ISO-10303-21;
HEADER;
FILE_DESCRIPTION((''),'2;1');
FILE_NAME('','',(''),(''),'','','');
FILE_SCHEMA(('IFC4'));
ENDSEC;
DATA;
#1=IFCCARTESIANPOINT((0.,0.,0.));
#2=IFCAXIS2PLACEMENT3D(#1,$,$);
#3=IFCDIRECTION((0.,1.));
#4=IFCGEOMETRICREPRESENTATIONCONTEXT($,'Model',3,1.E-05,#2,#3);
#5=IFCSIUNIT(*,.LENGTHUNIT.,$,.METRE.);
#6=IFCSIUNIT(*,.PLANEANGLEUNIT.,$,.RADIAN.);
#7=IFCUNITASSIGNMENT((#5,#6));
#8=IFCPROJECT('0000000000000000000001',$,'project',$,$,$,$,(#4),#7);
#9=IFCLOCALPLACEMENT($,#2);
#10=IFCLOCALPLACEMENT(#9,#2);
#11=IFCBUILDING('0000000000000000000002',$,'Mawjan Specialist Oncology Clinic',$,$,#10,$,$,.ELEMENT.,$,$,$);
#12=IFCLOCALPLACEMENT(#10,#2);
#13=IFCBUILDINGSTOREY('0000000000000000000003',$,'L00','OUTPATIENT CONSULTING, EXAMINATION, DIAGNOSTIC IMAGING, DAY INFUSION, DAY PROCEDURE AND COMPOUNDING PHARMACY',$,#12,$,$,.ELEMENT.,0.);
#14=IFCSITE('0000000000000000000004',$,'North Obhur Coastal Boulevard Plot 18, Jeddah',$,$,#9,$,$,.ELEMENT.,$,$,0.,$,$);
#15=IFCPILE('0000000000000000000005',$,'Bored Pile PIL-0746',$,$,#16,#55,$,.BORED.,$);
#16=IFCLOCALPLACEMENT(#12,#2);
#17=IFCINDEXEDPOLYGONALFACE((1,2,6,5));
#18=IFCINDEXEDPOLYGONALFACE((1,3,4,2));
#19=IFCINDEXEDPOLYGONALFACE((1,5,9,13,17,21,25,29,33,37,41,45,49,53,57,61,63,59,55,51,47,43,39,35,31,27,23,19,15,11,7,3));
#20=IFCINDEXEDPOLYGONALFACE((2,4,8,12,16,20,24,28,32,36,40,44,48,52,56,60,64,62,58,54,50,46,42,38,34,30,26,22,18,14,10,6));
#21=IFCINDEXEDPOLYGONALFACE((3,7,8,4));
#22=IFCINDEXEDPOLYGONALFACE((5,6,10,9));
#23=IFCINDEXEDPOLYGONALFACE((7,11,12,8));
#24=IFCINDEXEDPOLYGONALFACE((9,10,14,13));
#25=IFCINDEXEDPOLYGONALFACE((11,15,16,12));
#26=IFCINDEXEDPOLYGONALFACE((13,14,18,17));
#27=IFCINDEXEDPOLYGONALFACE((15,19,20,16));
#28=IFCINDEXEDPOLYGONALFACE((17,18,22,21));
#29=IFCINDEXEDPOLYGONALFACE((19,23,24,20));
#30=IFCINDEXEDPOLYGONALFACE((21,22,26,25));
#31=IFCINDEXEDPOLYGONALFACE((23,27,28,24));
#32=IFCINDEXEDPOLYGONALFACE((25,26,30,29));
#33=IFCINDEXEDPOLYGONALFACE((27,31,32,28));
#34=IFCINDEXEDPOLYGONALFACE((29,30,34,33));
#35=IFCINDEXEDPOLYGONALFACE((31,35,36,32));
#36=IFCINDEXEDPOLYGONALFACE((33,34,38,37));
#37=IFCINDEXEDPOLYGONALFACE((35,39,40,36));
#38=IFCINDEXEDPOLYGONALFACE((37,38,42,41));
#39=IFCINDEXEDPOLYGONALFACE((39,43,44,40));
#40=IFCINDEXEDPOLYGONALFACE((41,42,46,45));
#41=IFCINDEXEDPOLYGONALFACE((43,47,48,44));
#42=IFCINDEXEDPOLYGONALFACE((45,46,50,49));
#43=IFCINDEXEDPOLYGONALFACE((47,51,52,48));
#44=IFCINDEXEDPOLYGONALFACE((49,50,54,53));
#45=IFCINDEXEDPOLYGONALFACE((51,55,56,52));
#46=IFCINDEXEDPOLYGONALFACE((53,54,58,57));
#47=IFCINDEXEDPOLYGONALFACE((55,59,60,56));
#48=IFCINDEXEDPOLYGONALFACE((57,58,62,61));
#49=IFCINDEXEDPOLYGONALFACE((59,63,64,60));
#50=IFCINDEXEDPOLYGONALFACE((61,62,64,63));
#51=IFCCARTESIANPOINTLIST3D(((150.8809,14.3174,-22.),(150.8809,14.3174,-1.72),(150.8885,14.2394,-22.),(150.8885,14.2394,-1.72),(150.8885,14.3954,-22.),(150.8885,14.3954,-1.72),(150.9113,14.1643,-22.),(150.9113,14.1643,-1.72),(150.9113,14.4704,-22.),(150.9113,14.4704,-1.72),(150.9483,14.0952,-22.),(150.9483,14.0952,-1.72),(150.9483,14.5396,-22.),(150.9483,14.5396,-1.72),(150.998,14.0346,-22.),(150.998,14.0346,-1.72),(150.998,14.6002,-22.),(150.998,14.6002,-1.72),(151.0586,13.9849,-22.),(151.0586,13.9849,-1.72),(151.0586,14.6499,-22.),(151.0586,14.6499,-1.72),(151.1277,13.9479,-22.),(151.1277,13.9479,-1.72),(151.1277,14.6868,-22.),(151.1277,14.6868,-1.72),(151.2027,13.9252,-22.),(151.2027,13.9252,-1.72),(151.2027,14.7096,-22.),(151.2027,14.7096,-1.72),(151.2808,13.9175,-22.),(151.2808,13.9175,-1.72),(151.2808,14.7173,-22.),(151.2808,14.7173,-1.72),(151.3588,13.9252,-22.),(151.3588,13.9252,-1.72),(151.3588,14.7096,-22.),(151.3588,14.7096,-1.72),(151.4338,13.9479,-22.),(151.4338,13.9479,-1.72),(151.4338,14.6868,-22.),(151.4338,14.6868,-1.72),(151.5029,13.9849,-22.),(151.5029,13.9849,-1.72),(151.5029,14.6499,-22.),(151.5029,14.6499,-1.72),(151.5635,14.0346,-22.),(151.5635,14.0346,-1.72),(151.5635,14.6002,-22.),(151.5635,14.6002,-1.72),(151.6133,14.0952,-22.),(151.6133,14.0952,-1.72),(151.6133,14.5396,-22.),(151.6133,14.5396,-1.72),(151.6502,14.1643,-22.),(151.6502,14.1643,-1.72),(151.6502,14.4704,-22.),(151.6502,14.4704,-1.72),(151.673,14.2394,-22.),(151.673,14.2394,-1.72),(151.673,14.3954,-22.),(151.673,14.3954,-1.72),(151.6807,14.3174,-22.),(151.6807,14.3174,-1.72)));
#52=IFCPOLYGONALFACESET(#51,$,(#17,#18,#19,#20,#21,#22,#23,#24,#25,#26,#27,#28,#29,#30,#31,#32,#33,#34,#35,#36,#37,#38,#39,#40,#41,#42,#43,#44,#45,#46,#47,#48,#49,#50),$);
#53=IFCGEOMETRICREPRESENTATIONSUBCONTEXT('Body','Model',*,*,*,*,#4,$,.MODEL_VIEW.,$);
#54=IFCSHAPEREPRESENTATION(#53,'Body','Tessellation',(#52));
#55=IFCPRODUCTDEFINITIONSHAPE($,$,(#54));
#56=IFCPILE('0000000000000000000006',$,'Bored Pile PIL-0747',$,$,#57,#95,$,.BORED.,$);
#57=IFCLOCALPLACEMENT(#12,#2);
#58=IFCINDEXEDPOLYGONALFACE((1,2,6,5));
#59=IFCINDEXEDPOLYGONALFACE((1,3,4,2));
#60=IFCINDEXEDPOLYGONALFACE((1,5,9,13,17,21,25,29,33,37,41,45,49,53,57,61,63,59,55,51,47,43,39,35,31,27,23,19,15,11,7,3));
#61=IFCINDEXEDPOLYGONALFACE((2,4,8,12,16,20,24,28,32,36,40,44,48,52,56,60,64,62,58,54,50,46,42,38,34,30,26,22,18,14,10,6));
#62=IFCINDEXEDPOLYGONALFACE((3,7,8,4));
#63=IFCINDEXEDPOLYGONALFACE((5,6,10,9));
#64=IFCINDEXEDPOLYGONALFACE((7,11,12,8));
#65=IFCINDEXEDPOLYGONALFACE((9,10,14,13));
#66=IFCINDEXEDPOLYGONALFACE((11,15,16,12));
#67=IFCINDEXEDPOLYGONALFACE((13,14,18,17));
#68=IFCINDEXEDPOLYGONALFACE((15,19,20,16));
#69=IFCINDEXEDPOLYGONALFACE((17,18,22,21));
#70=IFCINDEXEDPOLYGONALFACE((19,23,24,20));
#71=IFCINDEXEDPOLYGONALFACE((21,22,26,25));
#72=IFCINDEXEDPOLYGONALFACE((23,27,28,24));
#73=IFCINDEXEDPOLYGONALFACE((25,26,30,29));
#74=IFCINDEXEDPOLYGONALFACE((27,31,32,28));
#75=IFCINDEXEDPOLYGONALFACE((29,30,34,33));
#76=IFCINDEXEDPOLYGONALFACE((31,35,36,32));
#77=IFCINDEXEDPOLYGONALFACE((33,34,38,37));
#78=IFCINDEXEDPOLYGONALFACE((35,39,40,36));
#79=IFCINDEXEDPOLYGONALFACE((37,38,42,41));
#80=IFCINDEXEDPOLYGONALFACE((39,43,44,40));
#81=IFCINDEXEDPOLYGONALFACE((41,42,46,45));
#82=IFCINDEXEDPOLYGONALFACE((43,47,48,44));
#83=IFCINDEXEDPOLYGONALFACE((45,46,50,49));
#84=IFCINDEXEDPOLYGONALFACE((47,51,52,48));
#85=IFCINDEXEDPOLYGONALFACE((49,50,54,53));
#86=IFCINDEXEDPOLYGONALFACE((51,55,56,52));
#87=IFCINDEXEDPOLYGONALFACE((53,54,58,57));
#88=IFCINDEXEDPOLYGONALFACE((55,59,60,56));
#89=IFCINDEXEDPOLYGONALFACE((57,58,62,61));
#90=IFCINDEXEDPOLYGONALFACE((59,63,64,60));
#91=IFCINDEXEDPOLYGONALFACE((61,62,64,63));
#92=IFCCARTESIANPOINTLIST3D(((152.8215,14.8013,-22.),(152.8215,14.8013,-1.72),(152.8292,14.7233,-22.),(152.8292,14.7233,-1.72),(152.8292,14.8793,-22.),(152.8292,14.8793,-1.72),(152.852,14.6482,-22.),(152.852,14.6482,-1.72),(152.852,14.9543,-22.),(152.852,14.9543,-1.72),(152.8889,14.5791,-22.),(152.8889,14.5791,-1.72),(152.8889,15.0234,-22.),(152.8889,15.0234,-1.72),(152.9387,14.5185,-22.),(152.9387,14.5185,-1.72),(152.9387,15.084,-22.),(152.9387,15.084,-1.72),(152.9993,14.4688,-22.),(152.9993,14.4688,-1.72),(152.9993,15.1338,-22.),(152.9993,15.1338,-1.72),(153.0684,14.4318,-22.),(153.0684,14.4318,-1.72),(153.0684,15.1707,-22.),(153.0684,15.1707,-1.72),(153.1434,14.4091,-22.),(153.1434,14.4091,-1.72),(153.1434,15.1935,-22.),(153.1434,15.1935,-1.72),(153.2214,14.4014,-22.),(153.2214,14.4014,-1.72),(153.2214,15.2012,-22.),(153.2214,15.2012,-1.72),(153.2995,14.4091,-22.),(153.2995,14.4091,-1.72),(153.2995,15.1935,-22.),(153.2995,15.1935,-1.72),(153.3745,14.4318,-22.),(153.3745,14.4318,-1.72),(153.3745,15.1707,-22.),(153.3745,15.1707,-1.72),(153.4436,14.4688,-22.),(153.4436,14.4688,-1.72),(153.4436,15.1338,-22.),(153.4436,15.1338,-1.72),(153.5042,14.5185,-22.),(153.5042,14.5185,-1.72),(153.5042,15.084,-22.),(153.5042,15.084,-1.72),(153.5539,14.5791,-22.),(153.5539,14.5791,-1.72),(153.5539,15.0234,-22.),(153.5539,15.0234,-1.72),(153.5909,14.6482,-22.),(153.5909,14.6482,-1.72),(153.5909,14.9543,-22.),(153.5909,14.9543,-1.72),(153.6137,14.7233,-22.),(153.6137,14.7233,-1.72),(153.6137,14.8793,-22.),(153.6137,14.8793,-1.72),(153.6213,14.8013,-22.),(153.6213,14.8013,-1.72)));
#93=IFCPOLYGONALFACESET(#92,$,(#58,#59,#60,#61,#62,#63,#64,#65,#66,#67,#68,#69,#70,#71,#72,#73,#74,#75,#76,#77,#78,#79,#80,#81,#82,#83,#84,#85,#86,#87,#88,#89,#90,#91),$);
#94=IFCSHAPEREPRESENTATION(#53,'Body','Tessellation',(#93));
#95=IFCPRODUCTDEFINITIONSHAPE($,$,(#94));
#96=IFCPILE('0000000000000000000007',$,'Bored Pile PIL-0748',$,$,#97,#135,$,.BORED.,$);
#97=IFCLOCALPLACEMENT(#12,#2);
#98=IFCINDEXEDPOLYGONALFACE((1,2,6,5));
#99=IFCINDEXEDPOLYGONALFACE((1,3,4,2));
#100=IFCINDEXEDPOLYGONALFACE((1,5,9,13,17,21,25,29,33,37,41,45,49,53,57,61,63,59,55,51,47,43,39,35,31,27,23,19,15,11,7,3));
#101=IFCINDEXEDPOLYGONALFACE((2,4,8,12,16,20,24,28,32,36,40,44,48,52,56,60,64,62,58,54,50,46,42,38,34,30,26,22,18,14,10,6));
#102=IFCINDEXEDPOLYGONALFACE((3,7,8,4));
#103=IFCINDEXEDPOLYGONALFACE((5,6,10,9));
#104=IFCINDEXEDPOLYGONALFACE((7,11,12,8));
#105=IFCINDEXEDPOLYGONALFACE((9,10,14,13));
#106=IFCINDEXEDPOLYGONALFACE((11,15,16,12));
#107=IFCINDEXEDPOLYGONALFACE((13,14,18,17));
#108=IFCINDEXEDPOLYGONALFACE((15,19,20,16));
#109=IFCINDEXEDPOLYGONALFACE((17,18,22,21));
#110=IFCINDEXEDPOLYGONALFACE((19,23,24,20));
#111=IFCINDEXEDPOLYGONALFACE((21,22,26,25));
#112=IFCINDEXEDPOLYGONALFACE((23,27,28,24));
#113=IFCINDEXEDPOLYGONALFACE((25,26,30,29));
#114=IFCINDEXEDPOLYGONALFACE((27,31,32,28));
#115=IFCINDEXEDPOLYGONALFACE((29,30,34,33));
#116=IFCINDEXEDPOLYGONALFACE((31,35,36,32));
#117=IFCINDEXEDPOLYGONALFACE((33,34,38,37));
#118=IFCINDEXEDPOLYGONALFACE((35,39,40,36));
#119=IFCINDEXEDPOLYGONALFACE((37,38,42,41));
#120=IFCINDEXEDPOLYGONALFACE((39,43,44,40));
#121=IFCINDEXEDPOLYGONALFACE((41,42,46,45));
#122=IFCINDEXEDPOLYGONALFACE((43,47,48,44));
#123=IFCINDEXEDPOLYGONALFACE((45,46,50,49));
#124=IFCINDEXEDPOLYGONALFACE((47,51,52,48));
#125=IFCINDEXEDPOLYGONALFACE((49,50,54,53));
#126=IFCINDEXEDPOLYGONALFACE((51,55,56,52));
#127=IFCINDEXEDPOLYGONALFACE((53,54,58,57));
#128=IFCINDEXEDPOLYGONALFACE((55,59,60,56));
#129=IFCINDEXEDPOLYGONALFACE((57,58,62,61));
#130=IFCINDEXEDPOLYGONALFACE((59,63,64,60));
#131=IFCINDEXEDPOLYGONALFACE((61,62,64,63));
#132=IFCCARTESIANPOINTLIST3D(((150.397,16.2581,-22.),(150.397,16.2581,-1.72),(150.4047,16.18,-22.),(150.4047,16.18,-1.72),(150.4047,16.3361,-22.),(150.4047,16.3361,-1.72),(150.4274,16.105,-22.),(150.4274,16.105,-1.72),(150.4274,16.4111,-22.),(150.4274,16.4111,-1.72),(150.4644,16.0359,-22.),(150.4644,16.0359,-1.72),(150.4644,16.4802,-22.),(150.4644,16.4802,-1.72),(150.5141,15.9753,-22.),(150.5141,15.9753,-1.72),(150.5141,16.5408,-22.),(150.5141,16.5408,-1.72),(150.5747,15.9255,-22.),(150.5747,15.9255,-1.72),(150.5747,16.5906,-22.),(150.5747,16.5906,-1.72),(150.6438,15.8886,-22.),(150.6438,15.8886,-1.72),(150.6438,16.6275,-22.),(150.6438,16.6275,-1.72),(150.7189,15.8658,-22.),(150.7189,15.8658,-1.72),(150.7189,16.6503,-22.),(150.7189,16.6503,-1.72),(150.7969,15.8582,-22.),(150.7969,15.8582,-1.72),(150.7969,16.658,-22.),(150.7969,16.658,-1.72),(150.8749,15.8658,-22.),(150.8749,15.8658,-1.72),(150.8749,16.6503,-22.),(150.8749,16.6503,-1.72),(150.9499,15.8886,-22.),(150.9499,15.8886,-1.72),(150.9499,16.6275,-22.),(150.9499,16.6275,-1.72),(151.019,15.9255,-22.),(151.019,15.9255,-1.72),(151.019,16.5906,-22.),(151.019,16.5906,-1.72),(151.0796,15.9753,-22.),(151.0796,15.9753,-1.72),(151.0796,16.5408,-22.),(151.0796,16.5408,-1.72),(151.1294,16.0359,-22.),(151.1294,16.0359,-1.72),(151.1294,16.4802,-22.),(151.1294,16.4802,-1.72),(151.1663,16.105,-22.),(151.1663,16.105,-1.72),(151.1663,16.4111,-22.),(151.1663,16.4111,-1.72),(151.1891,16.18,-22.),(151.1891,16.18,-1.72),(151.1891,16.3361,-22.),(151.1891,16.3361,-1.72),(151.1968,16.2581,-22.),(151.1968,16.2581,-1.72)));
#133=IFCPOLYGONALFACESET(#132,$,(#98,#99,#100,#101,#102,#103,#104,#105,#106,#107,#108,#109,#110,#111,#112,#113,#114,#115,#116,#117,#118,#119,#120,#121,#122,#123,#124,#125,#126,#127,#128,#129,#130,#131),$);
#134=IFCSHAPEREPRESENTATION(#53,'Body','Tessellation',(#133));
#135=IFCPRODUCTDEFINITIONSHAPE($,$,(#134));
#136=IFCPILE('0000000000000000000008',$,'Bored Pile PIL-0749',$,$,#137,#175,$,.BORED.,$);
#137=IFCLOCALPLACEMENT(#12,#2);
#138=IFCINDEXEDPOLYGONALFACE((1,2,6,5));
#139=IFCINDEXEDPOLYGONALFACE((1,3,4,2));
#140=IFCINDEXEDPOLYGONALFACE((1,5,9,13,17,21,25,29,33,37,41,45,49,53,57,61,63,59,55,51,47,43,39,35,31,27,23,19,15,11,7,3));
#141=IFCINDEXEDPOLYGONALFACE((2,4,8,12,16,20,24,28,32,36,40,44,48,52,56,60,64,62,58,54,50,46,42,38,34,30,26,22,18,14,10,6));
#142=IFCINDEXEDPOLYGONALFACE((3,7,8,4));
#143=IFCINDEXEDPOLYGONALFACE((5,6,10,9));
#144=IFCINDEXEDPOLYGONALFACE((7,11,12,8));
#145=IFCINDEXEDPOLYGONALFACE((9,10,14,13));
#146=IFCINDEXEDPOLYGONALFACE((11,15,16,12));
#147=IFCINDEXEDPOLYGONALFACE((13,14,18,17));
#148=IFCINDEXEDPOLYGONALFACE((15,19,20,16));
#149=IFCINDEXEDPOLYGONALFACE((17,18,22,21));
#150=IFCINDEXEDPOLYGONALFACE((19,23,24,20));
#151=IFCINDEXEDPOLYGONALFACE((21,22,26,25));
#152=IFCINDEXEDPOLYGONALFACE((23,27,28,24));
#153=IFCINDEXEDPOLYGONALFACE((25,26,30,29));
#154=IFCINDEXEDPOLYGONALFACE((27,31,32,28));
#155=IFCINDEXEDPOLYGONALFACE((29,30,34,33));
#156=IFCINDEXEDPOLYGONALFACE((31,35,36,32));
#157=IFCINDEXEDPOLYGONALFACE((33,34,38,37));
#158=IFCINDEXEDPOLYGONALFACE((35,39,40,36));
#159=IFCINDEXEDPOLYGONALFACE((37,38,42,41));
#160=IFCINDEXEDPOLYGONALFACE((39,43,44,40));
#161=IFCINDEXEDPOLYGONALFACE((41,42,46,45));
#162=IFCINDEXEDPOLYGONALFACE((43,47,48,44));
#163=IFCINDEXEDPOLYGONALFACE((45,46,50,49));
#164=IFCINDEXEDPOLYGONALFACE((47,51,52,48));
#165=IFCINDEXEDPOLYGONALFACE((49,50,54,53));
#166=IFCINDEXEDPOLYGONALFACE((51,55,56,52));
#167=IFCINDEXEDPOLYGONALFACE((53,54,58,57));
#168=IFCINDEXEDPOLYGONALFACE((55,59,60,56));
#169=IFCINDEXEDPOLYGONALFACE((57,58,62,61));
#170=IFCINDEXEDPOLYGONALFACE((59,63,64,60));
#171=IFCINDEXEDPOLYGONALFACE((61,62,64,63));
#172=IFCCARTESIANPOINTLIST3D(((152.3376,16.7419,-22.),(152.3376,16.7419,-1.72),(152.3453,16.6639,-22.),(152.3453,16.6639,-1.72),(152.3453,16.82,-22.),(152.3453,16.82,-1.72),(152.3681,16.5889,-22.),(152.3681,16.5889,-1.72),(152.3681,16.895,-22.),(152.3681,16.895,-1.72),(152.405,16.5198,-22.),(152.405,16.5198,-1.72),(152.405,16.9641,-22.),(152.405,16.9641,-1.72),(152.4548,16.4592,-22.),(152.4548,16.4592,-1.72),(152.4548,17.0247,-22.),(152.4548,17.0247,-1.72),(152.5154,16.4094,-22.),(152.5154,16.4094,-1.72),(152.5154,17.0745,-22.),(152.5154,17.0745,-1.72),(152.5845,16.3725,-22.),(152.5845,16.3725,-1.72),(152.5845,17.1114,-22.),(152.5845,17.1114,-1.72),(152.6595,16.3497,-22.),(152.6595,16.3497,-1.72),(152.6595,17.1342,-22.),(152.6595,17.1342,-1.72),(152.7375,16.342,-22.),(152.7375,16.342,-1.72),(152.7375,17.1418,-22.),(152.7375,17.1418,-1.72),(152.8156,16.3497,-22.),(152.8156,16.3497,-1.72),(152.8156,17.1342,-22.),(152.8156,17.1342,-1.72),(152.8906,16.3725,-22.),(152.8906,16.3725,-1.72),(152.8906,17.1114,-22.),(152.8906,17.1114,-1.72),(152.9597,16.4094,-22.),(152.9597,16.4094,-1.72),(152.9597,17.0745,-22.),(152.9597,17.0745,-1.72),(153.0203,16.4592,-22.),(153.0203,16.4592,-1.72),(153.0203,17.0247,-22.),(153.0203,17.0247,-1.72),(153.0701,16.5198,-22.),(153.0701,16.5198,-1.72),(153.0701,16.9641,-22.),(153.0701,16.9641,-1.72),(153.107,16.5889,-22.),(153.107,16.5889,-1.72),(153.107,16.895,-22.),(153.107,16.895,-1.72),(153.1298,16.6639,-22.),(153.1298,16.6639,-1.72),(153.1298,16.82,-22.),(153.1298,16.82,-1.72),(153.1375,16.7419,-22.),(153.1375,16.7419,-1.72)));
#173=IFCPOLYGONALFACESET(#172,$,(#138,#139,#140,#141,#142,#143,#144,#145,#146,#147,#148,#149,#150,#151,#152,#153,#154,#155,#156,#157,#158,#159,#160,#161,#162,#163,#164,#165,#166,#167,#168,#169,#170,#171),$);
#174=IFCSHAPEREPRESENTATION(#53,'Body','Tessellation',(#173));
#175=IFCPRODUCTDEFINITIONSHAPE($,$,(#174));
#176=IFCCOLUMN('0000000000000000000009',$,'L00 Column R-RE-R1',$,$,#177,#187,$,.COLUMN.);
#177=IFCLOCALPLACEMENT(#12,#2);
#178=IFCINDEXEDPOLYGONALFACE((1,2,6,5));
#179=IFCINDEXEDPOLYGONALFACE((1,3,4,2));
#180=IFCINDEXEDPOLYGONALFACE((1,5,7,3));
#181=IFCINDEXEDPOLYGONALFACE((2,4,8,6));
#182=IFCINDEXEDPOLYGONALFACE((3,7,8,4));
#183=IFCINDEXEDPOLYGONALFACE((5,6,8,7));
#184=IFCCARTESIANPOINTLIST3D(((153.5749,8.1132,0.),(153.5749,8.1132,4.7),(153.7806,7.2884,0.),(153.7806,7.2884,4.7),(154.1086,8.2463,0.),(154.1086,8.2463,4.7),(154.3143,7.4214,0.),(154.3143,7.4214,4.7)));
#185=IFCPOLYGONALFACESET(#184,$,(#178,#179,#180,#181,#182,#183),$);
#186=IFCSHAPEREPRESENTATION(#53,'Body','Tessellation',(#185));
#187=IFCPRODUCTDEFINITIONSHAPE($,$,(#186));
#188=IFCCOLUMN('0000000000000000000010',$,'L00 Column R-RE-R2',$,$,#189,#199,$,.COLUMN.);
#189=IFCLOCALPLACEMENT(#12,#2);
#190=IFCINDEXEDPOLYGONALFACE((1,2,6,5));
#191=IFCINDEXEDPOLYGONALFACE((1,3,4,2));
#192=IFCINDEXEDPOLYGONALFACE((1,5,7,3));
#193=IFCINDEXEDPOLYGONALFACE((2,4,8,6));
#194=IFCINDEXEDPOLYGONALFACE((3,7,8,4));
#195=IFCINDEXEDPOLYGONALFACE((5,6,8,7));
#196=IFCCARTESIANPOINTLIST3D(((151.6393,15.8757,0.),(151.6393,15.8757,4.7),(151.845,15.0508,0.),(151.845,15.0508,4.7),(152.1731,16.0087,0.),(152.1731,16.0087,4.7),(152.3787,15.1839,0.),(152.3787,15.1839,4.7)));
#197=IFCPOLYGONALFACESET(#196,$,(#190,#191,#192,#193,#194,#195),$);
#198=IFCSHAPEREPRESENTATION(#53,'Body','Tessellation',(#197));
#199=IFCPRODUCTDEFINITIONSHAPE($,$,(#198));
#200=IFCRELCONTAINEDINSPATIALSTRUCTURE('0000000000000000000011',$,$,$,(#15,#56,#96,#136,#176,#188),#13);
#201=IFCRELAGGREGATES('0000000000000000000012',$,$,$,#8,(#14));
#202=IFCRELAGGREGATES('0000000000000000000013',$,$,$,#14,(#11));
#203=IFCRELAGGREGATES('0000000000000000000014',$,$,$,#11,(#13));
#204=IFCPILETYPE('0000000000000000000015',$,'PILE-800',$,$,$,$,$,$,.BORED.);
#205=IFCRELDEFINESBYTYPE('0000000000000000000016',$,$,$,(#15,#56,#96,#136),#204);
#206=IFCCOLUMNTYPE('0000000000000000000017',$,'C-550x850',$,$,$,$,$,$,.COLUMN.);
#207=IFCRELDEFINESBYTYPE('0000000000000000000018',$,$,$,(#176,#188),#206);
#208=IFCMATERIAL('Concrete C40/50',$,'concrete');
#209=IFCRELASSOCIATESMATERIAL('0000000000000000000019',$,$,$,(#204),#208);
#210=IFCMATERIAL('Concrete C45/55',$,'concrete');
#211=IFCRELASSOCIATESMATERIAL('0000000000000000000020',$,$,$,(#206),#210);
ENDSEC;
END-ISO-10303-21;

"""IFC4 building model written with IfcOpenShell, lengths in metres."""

from ifc_helpers import new_model, si_unit, direction, frame, origin, origin_2d, place, context, subcontext, project, spatial, rectangle, circle, extrude, material, material_profile, profile_set, type_object, element, save


model = new_model("IFC4")

# Units and contexts
model_context = context("Model", 3, precision=1e-05, world=origin(), true_north=direction((0.0, 1.0)))
body_context = subcontext(model_context, "Body", "Model", "MODEL_VIEW")
ifc_project = project(units=[si_unit("LENGTHUNIT", "METRE"), si_unit("PLANEANGLEUNIT", "RADIAN")], contexts=[model_context])

# Site, building, storey
site_placement = place(None, origin())
site = spatial("IfcSite", under=ifc_project, at=site_placement, Name="North Obhur Coastal Boulevard Plot 18, Jeddah", CompositionType="ELEMENT", RefElevation=0.0)
building_placement = place(site_placement, origin())
building = spatial("IfcBuilding", under=site, at=building_placement, Name="Mawjan Specialist Oncology Clinic", CompositionType="ELEMENT")
storey_placement = place(building_placement, origin())
storey = spatial("IfcBuildingStorey", under=building, at=storey_placement, Name="L00", Description="OUTPATIENT CONSULTING, EXAMINATION, DIAGNOSTIC IMAGING, DAY INFUSION, DAY PROCEDURE AND COMPOUNDING PHARMACY", CompositionType="ELEMENT", Elevation=0.0)

# Piles
ifc_material_1 = material(Name="Concrete C40/50", Category="concrete")
ifc_material_profile_1 = material_profile(ifc_material_1, circle(Radius=0.3999, at=origin_2d()), Name="BORED PILE D800", Category="concrete")
ifc_profile_set_1 = profile_set([ifc_material_profile_1], Name="Concrete C40/50")
pile_type_1 = type_object("IfcPileType", Name="PILE-800", PredefinedType="BORED", material=ifc_profile_set_1)
for number, where, z_axis, x_axis, name in (
    (1, (151.2808, 14.3174, -1.72), (0.0, 0.0, -1.0), (1.0, 0.0, 0.0), "Bored Pile PIL-0746"),
    (2, (153.2214, 14.8013, -1.72), (0.0, 0.0, -1.0), (1.0, 0.0, 0.0), "Bored Pile PIL-0747"),
    (3, (150.7969, 16.2581, -1.72), (0.0, 0.0, -1.0), (1.0, 0.0, 0.0), "Bored Pile PIL-0748"),
    (4, (152.7375, 16.7419, -1.72), (0.0, 0.0, -1.0), (1.0, 0.0, 0.0), "Bored Pile PIL-0749"),
):
    element("IfcPile", number, at=place(storey_placement, frame(where, z_axis=z_axis, x_axis=x_axis)), inside=storey, type_object=pile_type_1, Name=name, PredefinedType="BORED", context=body_context, shape_type="SweptSolid", body=[
        extrude(circle(Radius=0.3999, at=origin_2d()), origin(), (0.0, 0.0, 1.0), 20.28),
    ])

# Columns
ifc_material_2 = material(Name="Concrete C45/55", Category="concrete")
ifc_material_profile_2 = material_profile(ifc_material_2, rectangle(XDim=0.55, YDim=0.8501, at=origin_2d()), Name="RC COL 550x850", Category="concrete")
ifc_profile_set_2 = profile_set([ifc_material_profile_2], Name="Concrete C45/55")
column_type = type_object("IfcColumnType", Name="C-550x850", PredefinedType="COLUMN", material=ifc_profile_set_2)
for number, where, z_axis, x_axis, name in (
    (5, (153.9446, 7.7673, 0.0), (0.0, 0.0, 1.0), (0.970296, 0.241922, 0.0), "L00 Column R-RE-R1"),
    (6, (152.009, 15.5298, 0.0), (0.0, 0.0, 1.0), (0.970296, 0.241922, 0.0), "L00 Column R-RE-R2"),
):
    element("IfcColumn", number, at=place(storey_placement, frame(where, z_axis=z_axis, x_axis=x_axis)), inside=storey, type_object=column_type, Name=name, PredefinedType="COLUMN", context=body_context, shape_type="SweptSolid", body=[
        extrude(rectangle(XDim=0.55, YDim=0.8501, at=origin_2d()), origin(), (0.0, 0.0, 1.0), 4.7),
    ])

save(model, "model.ifc")
